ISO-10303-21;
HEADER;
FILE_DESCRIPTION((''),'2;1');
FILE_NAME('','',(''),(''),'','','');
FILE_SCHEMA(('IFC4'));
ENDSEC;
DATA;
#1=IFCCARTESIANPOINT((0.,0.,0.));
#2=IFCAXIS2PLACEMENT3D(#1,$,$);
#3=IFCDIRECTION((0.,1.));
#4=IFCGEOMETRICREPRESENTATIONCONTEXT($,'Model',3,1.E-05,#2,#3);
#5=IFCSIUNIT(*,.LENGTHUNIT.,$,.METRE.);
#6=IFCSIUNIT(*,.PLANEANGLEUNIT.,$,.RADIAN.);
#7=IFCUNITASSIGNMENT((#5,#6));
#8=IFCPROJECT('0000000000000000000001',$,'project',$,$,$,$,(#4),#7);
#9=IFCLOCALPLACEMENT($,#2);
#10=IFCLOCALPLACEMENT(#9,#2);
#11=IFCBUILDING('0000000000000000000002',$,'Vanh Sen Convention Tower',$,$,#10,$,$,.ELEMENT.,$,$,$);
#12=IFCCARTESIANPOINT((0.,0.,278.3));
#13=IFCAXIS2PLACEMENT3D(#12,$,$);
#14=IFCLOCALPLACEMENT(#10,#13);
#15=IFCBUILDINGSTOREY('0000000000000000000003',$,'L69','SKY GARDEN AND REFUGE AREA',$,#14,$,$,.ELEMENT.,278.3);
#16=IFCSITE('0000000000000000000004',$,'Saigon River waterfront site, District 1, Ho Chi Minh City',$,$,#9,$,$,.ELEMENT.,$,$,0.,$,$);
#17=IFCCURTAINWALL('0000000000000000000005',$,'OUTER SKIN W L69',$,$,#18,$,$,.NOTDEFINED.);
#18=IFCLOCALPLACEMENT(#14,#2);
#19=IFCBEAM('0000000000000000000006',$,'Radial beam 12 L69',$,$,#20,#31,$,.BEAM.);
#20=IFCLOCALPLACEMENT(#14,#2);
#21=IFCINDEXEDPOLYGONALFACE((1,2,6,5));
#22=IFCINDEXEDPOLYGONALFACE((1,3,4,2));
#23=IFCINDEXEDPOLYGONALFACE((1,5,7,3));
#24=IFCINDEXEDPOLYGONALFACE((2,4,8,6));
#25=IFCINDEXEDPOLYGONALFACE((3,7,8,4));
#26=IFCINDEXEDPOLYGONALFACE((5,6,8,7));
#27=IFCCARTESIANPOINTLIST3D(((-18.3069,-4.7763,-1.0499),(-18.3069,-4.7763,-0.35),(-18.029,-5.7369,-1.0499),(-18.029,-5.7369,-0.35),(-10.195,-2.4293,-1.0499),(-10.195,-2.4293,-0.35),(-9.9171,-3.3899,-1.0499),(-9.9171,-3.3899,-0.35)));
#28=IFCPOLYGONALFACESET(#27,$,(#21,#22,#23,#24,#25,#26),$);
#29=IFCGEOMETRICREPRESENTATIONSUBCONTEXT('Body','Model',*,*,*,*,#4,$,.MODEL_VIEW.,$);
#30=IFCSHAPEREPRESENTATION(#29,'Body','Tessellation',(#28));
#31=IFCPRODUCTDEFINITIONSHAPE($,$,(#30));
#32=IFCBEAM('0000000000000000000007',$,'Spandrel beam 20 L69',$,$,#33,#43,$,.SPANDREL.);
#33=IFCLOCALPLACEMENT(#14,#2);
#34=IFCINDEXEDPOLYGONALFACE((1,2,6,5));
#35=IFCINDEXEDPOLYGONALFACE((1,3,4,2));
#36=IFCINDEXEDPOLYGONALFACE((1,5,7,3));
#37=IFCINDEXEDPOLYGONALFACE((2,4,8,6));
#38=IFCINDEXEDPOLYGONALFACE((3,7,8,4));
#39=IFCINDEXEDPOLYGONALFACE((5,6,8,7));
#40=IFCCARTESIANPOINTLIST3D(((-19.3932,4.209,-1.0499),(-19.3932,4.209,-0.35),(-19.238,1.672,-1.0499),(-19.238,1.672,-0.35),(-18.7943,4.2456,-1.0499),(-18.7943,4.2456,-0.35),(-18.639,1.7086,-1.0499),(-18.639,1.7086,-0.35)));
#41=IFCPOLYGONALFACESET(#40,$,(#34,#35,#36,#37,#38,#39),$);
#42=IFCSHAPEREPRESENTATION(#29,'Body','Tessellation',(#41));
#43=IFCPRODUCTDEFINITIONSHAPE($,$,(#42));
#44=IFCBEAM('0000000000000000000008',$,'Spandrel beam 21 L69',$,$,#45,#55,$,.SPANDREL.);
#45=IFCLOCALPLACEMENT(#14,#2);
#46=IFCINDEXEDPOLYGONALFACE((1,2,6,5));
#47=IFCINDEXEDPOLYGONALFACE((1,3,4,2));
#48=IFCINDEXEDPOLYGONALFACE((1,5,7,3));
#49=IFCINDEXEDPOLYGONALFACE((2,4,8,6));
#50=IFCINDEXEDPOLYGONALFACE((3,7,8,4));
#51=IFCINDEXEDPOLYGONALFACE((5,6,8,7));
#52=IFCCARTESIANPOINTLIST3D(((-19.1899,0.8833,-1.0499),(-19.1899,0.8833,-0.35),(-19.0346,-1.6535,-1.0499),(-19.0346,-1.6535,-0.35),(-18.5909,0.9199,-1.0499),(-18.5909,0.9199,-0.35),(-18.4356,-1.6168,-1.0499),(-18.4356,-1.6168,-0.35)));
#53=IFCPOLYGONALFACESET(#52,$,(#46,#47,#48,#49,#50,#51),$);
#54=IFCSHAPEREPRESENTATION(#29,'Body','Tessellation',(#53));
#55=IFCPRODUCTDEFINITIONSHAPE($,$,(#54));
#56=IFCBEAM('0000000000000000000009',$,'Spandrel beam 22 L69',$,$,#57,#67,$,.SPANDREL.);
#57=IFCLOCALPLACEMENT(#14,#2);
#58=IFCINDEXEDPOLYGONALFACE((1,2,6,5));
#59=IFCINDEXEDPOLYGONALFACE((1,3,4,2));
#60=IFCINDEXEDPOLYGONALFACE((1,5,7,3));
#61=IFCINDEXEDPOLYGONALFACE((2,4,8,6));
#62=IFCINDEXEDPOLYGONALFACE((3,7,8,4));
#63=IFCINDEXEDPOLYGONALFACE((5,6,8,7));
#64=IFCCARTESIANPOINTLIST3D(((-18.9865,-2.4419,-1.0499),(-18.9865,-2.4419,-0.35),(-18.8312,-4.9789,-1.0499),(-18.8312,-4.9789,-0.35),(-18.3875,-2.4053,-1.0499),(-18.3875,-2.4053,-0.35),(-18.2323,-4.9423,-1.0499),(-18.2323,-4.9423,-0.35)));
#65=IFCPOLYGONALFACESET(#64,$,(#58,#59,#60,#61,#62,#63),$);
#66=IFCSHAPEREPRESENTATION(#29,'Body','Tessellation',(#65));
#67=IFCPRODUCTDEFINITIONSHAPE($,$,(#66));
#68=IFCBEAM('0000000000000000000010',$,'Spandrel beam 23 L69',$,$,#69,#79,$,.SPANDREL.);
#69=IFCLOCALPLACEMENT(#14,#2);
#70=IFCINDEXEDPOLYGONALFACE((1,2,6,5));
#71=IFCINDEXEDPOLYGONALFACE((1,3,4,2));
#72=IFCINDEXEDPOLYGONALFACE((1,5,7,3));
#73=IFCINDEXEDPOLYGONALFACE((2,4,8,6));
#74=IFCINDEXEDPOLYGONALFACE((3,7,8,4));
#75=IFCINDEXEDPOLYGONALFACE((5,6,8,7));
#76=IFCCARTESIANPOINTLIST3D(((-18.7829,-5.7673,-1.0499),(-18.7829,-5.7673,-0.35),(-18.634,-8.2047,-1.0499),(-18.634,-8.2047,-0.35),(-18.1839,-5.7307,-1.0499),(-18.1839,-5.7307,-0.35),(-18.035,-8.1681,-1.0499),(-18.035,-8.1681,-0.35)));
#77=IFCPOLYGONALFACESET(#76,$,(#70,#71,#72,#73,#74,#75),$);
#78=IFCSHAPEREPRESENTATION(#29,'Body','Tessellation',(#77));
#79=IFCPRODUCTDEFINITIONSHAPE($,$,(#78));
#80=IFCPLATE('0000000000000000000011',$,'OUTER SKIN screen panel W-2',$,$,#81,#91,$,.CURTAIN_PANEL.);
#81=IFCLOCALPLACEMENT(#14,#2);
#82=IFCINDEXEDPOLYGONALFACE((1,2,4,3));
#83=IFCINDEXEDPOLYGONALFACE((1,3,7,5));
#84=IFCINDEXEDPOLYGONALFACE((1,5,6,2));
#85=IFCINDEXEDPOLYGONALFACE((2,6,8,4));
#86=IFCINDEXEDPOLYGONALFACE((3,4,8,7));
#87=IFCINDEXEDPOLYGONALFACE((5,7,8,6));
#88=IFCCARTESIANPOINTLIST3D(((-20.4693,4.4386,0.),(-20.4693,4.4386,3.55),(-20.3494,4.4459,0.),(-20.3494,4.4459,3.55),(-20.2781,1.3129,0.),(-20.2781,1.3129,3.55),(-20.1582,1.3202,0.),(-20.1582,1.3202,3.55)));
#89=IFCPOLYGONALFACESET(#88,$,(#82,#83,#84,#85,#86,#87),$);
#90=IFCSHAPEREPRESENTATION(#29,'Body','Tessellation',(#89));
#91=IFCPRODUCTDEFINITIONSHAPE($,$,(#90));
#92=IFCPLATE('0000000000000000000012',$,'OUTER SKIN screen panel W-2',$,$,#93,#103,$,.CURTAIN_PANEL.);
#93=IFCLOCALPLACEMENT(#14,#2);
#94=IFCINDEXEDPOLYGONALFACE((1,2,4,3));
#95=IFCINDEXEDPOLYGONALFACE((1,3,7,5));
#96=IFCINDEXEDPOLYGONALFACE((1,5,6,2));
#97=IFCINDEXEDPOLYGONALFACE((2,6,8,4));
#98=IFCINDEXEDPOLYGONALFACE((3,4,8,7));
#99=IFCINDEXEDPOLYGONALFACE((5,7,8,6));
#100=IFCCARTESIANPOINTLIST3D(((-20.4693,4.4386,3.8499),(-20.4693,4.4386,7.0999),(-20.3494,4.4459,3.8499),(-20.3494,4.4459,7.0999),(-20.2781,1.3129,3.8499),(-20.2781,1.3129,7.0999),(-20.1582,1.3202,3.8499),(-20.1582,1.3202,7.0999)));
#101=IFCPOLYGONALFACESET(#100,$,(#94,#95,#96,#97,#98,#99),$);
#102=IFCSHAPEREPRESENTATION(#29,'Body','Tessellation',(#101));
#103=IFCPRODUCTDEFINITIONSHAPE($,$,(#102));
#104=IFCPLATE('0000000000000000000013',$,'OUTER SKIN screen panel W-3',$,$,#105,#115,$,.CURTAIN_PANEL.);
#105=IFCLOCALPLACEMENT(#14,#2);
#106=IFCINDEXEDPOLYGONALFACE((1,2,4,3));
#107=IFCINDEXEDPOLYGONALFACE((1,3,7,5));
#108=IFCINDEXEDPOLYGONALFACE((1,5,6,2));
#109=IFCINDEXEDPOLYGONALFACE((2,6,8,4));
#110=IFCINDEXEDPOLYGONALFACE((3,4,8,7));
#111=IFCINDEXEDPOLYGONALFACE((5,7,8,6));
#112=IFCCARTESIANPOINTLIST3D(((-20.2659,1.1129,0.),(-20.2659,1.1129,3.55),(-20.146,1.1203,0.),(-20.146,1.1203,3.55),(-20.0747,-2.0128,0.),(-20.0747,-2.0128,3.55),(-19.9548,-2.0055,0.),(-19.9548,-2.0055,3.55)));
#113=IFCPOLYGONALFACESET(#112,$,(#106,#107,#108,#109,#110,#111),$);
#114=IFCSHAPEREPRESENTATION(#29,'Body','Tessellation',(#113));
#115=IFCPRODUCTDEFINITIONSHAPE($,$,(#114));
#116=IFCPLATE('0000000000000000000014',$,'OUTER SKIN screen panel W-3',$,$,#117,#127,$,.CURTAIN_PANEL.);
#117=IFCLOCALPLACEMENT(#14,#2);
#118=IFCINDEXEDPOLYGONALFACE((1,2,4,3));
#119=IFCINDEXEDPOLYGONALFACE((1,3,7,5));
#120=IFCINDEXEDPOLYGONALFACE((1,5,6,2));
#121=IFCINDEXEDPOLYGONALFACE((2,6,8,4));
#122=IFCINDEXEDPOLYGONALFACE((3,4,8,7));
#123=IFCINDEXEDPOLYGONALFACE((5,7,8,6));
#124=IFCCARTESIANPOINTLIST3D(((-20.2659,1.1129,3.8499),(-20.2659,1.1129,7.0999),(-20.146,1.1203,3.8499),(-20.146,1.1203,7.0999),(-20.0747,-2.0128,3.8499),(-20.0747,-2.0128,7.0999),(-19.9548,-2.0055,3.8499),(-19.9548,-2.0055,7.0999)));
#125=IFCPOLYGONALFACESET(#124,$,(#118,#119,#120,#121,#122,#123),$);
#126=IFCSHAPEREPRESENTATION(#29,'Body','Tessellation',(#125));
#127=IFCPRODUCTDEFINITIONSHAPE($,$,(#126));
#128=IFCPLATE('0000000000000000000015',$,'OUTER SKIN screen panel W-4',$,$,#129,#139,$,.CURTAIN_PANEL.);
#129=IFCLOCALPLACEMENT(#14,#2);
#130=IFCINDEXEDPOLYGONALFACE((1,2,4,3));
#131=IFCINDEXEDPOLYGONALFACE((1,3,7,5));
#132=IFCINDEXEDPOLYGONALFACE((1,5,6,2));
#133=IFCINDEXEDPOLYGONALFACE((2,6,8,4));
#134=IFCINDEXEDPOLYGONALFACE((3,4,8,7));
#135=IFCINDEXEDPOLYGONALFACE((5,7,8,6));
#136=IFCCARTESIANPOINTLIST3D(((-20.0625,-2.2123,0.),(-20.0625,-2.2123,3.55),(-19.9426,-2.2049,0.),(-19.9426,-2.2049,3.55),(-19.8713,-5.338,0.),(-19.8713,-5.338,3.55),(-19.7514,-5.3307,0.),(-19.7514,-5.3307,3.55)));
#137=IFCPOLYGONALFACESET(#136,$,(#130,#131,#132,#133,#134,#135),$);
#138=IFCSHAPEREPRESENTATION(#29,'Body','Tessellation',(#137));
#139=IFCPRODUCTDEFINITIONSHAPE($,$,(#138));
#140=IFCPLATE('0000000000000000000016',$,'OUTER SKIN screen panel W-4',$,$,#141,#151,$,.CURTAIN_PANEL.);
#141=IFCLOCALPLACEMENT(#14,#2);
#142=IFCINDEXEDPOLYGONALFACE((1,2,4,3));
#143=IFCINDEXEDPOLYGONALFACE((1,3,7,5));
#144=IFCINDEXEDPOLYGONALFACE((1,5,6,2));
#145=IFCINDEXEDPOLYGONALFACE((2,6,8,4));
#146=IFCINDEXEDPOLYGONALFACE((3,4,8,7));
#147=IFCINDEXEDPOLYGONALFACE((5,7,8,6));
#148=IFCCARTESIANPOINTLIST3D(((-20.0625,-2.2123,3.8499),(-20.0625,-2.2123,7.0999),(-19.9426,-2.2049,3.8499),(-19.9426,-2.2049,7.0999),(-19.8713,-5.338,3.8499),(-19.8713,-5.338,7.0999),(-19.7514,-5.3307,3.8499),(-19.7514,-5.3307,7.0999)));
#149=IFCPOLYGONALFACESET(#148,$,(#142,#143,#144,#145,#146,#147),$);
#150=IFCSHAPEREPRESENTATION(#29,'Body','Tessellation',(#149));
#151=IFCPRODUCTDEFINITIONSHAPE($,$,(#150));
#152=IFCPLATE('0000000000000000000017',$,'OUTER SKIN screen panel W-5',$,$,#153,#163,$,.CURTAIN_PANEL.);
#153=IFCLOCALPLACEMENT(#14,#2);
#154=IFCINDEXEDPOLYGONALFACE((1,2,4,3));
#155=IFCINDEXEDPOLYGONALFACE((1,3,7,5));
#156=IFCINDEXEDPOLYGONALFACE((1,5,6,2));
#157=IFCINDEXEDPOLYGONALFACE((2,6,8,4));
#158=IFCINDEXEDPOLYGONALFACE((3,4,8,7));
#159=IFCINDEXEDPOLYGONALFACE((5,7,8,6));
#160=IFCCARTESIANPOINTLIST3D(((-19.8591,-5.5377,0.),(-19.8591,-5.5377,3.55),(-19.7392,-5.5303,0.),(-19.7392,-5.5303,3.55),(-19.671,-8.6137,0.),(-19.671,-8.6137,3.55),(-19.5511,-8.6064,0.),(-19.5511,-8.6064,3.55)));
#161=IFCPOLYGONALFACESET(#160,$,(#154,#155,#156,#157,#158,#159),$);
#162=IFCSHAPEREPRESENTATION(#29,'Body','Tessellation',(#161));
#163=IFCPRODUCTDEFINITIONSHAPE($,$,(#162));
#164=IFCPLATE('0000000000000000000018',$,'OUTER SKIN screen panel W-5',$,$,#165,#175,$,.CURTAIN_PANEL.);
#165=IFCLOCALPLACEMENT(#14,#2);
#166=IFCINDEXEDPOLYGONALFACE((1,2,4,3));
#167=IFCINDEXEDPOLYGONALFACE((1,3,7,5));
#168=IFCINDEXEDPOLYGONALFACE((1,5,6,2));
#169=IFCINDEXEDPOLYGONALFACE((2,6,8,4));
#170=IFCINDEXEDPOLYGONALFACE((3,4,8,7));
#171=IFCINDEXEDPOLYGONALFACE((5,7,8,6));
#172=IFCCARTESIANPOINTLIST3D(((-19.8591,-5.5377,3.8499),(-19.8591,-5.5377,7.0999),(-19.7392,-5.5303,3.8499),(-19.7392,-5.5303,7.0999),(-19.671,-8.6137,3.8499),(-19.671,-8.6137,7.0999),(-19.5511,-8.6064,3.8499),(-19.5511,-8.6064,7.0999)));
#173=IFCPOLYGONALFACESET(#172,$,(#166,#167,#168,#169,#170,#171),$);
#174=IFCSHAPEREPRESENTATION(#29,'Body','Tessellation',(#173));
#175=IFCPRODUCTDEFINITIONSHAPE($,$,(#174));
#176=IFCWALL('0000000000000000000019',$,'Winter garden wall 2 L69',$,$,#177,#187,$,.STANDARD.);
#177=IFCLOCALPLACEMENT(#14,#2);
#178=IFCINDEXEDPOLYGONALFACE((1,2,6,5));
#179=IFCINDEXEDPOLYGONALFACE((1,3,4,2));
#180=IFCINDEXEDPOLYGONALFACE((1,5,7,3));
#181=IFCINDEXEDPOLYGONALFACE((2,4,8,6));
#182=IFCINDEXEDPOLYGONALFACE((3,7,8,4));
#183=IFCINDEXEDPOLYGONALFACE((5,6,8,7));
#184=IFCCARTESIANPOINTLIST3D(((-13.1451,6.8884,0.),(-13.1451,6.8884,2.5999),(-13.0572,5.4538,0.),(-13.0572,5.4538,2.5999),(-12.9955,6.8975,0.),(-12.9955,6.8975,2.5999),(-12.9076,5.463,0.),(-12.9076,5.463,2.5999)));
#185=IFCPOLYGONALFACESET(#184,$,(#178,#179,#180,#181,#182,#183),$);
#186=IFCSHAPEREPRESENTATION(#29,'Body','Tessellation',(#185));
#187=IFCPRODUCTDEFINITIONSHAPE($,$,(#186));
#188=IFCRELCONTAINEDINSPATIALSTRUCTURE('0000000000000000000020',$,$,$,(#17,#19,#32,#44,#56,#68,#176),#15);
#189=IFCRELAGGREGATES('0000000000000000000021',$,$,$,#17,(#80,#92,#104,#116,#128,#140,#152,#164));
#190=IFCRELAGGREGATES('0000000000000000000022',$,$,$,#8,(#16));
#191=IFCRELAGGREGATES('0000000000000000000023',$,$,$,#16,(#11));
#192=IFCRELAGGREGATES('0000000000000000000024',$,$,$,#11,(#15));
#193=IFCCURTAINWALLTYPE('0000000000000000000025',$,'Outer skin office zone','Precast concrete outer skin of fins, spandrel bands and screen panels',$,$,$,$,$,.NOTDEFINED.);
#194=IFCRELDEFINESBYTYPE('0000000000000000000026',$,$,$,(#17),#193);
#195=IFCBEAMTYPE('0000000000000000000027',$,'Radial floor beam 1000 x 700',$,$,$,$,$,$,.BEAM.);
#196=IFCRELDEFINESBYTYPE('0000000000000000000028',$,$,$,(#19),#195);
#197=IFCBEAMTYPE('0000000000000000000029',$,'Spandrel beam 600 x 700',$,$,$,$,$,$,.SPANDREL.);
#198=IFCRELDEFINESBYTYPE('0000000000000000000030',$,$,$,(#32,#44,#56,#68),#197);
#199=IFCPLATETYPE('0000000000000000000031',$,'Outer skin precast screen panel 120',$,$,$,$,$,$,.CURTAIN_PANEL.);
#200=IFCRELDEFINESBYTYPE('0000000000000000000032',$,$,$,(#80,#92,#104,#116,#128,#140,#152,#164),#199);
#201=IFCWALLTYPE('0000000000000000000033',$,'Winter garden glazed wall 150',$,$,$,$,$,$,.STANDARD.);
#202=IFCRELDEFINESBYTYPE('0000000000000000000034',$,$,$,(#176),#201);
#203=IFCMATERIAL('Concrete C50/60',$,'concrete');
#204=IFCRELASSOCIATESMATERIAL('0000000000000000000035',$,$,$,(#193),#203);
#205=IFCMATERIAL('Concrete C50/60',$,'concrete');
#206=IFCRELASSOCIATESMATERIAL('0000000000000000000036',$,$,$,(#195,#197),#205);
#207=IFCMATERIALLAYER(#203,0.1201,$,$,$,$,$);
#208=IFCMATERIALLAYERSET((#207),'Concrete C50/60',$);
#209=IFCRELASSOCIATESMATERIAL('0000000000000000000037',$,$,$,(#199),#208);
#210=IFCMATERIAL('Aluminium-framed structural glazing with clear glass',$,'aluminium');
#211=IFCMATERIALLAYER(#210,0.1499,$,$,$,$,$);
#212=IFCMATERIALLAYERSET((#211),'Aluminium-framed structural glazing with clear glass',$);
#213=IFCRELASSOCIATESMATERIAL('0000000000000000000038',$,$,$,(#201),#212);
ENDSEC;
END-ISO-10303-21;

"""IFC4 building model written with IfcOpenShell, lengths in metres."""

from ifc_helpers import new_model, si_unit, direction, frame, frame_2d, origin, origin_2d, place, context, subcontext, project, spatial, rectangle, extrude, material, layer, layer_set, material_profile, profile_set, type_object, element, aggregate, save


model = new_model("IFC4")

# Units and contexts
model_context = context("Model", 3, precision=1e-05, world=origin(), true_north=direction((0.0, 1.0)))
body_context = subcontext(model_context, "Body", "Model", "MODEL_VIEW")
ifc_project = project(units=[si_unit("LENGTHUNIT", "METRE"), si_unit("PLANEANGLEUNIT", "RADIAN")], contexts=[model_context])

# Site, building, storey
site_placement = place(None, origin())
site = spatial("IfcSite", under=ifc_project, at=site_placement, Name="Saigon River waterfront site, District 1, Ho Chi Minh City", CompositionType="ELEMENT", RefElevation=0.0)
building_placement = place(site_placement, origin())
building = spatial("IfcBuilding", under=site, at=building_placement, Name="Vanh Sen Convention Tower", CompositionType="ELEMENT")
storey_placement = place(building_placement, frame((0.0, 0.0, 278.3)))
storey = spatial("IfcBuildingStorey", under=building, at=storey_placement, Name="L69", Description="SKY GARDEN AND REFUGE AREA", CompositionType="ELEMENT", Elevation=278.3)

# Curtain wall
ifc_material_1 = material(Name="Concrete C50/60", Category="concrete")
curtain_wall_type_1 = type_object("IfcCurtainWallType", Name="Outer skin office zone", Description="Precast concrete outer skin of fins, spandrel bands and screen panels", PredefinedType="NOTDEFINED", material=ifc_material_1)
curtain_wall_1_placement = place(storey_placement, origin())
curtain_wall_1 = element("IfcCurtainWall", 1, at=curtain_wall_1_placement, inside=storey, type_object=curtain_wall_type_1, Name="OUTER SKIN W L69", PredefinedType="NOTDEFINED")

# Beams
ifc_material_2 = material(Name="Concrete C50/60", Category="concrete")
ifc_material_profile_1 = material_profile(ifc_material_2, rectangle(XDim=1.0, YDim=0.7, at=origin_2d()), Name="RC 1000X700")
ifc_profile_set_1 = profile_set([ifc_material_profile_1], Name="Concrete C50/60")
beam_type_1 = type_object("IfcBeamType", Name="Radial floor beam 1000 x 700", PredefinedType="BEAM", material=ifc_profile_set_1)
beam_1_placement = place(storey_placement, frame((-18.168, -5.2566, -0.7), z_axis=(0.960603, 0.277923, 0.0), x_axis=(-0.277923, 0.960603, 0.0)))
element("IfcBeam", 2, at=beam_1_placement, inside=storey, type_object=beam_type_1, Name="Radial beam 12 L69", PredefinedType="BEAM", context=body_context, shape_type="SweptSolid", body=[
    extrude(rectangle(XDim=1.0, YDim=0.7, at=origin_2d()), origin(), (0.0, 0.0, 1.0), 8.4446),
])
ifc_material_profile_2 = material_profile(ifc_material_2, rectangle(XDim=0.6001, YDim=0.7, at=origin_2d()), Name="RC 600X700")
ifc_profile_set_2 = profile_set([ifc_material_profile_2], Name="Concrete C50/60")
beam_type_2 = type_object("IfcBeamType", Name="Spandrel beam 600 x 700", PredefinedType="SPANDREL", material=ifc_profile_set_2)
beam_2_placement = place(storey_placement, frame((-19.0938, 4.2273, -0.7), z_axis=(0.061087, -0.998132, 0.0), x_axis=(0.998132, 0.061087, 0.0)))
element("IfcBeam", 3, at=beam_2_placement, inside=storey, type_object=beam_type_2, Name="Spandrel beam 20 L69", PredefinedType="SPANDREL", context=body_context, shape_type="SweptSolid", body=[
    extrude(rectangle(XDim=0.6001, YDim=0.7, at=origin_2d()), origin(), (0.0, 0.0, 1.0), 2.5417),
])
beam_3_placement = place(storey_placement, frame((-18.8904, 0.9016, -0.7), z_axis=(0.061092, -0.998132, 0.0), x_axis=(0.998132, 0.061092, 0.0)))
element("IfcBeam", 4, at=beam_3_placement, inside=storey, type_object=beam_type_2, Name="Spandrel beam 21 L69", PredefinedType="SPANDREL", context=body_context, shape_type="SweptSolid", body=[
    extrude(rectangle(XDim=0.6001, YDim=0.7, at=origin_2d()), origin(), (0.0, 0.0, 1.0), 2.5415),
])
beam_4_placement = place(storey_placement, frame((-18.687, -2.4236, -0.7), z_axis=(0.061087, -0.998132, 0.0), x_axis=(0.998132, 0.061087, 0.0)))
element("IfcBeam", 5, at=beam_4_placement, inside=storey, type_object=beam_type_2, Name="Spandrel beam 22 L69", PredefinedType="SPANDREL", context=body_context, shape_type="SweptSolid", body=[
    extrude(rectangle(XDim=0.6001, YDim=0.7, at=origin_2d()), origin(), (0.0, 0.0, 1.0), 2.5417),
])
beam_5_placement = place(storey_placement, frame((-18.4834, -5.749, -0.7), z_axis=(0.06099, -0.998138, 0.0), x_axis=(0.998138, 0.06099, 0.0)))
element("IfcBeam", 6, at=beam_5_placement, inside=storey, type_object=beam_type_2, Name="Spandrel beam 23 L69", PredefinedType="SPANDREL", context=body_context, shape_type="SweptSolid", body=[
    extrude(rectangle(XDim=0.6001, YDim=0.7, at=origin_2d()), origin(), (0.0, 0.0, 1.0), 2.4419),
])

# Plates
ifc_layer_1 = layer(ifc_material_1, 0.1201)
ifc_layer_set_1 = layer_set([ifc_layer_1], Name="Concrete C50/60")
plate_type = type_object("IfcPlateType", Name="Outer skin precast screen panel 120", PredefinedType="CURTAIN_PANEL", material=ifc_layer_set_1)
plate_1_placement = place(storey_placement, frame((-20.3137, 2.8794, 0.0), z_axis=(0.0, 0.0, 1.0), x_axis=(0.06105, -0.998135, 0.0)))
plate_1 = element("IfcPlate", 7, at=plate_1_placement, type_object=plate_type, Name="OUTER SKIN screen panel W-2", PredefinedType="CURTAIN_PANEL", context=body_context, shape_type="SweptSolid", body=[
    extrude(rectangle(XDim=3.1316, YDim=0.1201, at=origin_2d()), origin(), (0.0, 0.0, 1.0), 3.55),
])
plate_2_placement = place(storey_placement, frame((-20.3137, 2.8794, 3.8499), z_axis=(0.0, 0.0, 1.0), x_axis=(0.06105, -0.998135, 0.0)))
plate_2 = element("IfcPlate", 8, at=plate_2_placement, type_object=plate_type, Name="OUTER SKIN screen panel W-2", PredefinedType="CURTAIN_PANEL", context=body_context, shape_type="SweptSolid", body=[
    extrude(rectangle(XDim=3.1316, YDim=0.1201, at=origin_2d()), origin(), (0.0, 0.0, 1.0), 3.25),
])
plate_3_placement = place(storey_placement, frame((-20.1104, -0.4463, 0.0), z_axis=(0.0, 0.0, 1.0), x_axis=(0.061052, -0.998135, 0.0)))
plate_3 = element("IfcPlate", 9, at=plate_3_placement, type_object=plate_type, Name="OUTER SKIN screen panel W-3", PredefinedType="CURTAIN_PANEL", context=body_context, shape_type="SweptSolid", body=[
    extrude(rectangle(XDim=3.1316, YDim=0.1201, at=origin_2d()), origin(), (0.0, 0.0, 1.0), 3.55),
])
plate_4_placement = place(storey_placement, frame((-20.1104, -0.4463, 3.8499), z_axis=(0.0, 0.0, 1.0), x_axis=(0.061052, -0.998135, 0.0)))
plate_4 = element("IfcPlate", 10, at=plate_4_placement, type_object=plate_type, Name="OUTER SKIN screen panel W-3", PredefinedType="CURTAIN_PANEL", context=body_context, shape_type="SweptSolid", body=[
    extrude(rectangle(XDim=3.1316, YDim=0.1201, at=origin_2d()), origin(), (0.0, 0.0, 1.0), 3.25),
])
plate_5_placement = place(storey_placement, frame((-19.907, -3.7715, 0.0), z_axis=(0.0, 0.0, 1.0), x_axis=(0.061052, -0.998135, 0.0)))
plate_5 = element("IfcPlate", 11, at=plate_5_placement, type_object=plate_type, Name="OUTER SKIN screen panel W-4", PredefinedType="CURTAIN_PANEL", context=body_context, shape_type="SweptSolid", body=[
    extrude(rectangle(XDim=3.1316, YDim=0.1201, at=origin_2d()), origin(), (0.0, 0.0, 1.0), 3.55),
])
plate_6_placement = place(storey_placement, frame((-19.907, -3.7715, 3.8499), z_axis=(0.0, 0.0, 1.0), x_axis=(0.061052, -0.998135, 0.0)))
plate_6 = element("IfcPlate", 12, at=plate_6_placement, type_object=plate_type, Name="OUTER SKIN screen panel W-4", PredefinedType="CURTAIN_PANEL", context=body_context, shape_type="SweptSolid", body=[
    extrude(rectangle(XDim=3.1316, YDim=0.1201, at=origin_2d()), origin(), (0.0, 0.0, 1.0), 3.25),
])
plate_7_placement = place(storey_placement, frame((-19.7051, -7.072, 0.0), z_axis=(0.0, 0.0, 1.0), x_axis=(0.06105, -0.998135, 0.0)))
plate_7 = element("IfcPlate", 13, at=plate_7_placement, type_object=plate_type, Name="OUTER SKIN screen panel W-5", PredefinedType="CURTAIN_PANEL", context=body_context, shape_type="SweptSolid", body=[
    extrude(rectangle(XDim=3.0818, YDim=0.1201, at=origin_2d()), origin(), (0.0, 0.0, 1.0), 3.55),
])
plate_8_placement = place(storey_placement, frame((-19.7051, -7.072, 3.8499), z_axis=(0.0, 0.0, 1.0), x_axis=(0.06105, -0.998135, 0.0)))
plate_8 = element("IfcPlate", 14, at=plate_8_placement, type_object=plate_type, Name="OUTER SKIN screen panel W-5", PredefinedType="CURTAIN_PANEL", context=body_context, shape_type="SweptSolid", body=[
    extrude(rectangle(XDim=3.0818, YDim=0.1201, at=origin_2d()), origin(), (0.0, 0.0, 1.0), 3.25),
])
aggregate(curtain_wall_1, [plate_1, plate_2, plate_3, plate_4, plate_5, plate_6, plate_7, plate_8])

# Wall
ifc_material_3 = material(Name="Aluminium-framed structural glazing with clear glass", Category="aluminium")
ifc_layer_2 = layer(ifc_material_3, 0.1499)
ifc_layer_set_2 = layer_set([ifc_layer_2], Name="Aluminium-framed structural glazing with clear glass")
wall_type = type_object("IfcWallType", Name="Winter garden glazed wall 150", PredefinedType="STANDARD", material=ifc_layer_set_2)
wall_placement = place(storey_placement, frame((-12.9824, 5.4583, 0.0), z_axis=(0.0, 0.0, 1.0), x_axis=(-0.061152, 0.998128, 0.0)))
element("IfcWall", 15, at=wall_placement, inside=storey, type_object=wall_type, Name="Winter garden wall 2 L69", PredefinedType="STANDARD", context=body_context, shape_type="SweptSolid", body=[
    extrude(rectangle(XDim=1.4373, YDim=0.1499, at=frame_2d((0.7188, 0.0))), origin(), (0.0, 0.0, 1.0), 2.5999),
])

save(model, "model.ifc")
